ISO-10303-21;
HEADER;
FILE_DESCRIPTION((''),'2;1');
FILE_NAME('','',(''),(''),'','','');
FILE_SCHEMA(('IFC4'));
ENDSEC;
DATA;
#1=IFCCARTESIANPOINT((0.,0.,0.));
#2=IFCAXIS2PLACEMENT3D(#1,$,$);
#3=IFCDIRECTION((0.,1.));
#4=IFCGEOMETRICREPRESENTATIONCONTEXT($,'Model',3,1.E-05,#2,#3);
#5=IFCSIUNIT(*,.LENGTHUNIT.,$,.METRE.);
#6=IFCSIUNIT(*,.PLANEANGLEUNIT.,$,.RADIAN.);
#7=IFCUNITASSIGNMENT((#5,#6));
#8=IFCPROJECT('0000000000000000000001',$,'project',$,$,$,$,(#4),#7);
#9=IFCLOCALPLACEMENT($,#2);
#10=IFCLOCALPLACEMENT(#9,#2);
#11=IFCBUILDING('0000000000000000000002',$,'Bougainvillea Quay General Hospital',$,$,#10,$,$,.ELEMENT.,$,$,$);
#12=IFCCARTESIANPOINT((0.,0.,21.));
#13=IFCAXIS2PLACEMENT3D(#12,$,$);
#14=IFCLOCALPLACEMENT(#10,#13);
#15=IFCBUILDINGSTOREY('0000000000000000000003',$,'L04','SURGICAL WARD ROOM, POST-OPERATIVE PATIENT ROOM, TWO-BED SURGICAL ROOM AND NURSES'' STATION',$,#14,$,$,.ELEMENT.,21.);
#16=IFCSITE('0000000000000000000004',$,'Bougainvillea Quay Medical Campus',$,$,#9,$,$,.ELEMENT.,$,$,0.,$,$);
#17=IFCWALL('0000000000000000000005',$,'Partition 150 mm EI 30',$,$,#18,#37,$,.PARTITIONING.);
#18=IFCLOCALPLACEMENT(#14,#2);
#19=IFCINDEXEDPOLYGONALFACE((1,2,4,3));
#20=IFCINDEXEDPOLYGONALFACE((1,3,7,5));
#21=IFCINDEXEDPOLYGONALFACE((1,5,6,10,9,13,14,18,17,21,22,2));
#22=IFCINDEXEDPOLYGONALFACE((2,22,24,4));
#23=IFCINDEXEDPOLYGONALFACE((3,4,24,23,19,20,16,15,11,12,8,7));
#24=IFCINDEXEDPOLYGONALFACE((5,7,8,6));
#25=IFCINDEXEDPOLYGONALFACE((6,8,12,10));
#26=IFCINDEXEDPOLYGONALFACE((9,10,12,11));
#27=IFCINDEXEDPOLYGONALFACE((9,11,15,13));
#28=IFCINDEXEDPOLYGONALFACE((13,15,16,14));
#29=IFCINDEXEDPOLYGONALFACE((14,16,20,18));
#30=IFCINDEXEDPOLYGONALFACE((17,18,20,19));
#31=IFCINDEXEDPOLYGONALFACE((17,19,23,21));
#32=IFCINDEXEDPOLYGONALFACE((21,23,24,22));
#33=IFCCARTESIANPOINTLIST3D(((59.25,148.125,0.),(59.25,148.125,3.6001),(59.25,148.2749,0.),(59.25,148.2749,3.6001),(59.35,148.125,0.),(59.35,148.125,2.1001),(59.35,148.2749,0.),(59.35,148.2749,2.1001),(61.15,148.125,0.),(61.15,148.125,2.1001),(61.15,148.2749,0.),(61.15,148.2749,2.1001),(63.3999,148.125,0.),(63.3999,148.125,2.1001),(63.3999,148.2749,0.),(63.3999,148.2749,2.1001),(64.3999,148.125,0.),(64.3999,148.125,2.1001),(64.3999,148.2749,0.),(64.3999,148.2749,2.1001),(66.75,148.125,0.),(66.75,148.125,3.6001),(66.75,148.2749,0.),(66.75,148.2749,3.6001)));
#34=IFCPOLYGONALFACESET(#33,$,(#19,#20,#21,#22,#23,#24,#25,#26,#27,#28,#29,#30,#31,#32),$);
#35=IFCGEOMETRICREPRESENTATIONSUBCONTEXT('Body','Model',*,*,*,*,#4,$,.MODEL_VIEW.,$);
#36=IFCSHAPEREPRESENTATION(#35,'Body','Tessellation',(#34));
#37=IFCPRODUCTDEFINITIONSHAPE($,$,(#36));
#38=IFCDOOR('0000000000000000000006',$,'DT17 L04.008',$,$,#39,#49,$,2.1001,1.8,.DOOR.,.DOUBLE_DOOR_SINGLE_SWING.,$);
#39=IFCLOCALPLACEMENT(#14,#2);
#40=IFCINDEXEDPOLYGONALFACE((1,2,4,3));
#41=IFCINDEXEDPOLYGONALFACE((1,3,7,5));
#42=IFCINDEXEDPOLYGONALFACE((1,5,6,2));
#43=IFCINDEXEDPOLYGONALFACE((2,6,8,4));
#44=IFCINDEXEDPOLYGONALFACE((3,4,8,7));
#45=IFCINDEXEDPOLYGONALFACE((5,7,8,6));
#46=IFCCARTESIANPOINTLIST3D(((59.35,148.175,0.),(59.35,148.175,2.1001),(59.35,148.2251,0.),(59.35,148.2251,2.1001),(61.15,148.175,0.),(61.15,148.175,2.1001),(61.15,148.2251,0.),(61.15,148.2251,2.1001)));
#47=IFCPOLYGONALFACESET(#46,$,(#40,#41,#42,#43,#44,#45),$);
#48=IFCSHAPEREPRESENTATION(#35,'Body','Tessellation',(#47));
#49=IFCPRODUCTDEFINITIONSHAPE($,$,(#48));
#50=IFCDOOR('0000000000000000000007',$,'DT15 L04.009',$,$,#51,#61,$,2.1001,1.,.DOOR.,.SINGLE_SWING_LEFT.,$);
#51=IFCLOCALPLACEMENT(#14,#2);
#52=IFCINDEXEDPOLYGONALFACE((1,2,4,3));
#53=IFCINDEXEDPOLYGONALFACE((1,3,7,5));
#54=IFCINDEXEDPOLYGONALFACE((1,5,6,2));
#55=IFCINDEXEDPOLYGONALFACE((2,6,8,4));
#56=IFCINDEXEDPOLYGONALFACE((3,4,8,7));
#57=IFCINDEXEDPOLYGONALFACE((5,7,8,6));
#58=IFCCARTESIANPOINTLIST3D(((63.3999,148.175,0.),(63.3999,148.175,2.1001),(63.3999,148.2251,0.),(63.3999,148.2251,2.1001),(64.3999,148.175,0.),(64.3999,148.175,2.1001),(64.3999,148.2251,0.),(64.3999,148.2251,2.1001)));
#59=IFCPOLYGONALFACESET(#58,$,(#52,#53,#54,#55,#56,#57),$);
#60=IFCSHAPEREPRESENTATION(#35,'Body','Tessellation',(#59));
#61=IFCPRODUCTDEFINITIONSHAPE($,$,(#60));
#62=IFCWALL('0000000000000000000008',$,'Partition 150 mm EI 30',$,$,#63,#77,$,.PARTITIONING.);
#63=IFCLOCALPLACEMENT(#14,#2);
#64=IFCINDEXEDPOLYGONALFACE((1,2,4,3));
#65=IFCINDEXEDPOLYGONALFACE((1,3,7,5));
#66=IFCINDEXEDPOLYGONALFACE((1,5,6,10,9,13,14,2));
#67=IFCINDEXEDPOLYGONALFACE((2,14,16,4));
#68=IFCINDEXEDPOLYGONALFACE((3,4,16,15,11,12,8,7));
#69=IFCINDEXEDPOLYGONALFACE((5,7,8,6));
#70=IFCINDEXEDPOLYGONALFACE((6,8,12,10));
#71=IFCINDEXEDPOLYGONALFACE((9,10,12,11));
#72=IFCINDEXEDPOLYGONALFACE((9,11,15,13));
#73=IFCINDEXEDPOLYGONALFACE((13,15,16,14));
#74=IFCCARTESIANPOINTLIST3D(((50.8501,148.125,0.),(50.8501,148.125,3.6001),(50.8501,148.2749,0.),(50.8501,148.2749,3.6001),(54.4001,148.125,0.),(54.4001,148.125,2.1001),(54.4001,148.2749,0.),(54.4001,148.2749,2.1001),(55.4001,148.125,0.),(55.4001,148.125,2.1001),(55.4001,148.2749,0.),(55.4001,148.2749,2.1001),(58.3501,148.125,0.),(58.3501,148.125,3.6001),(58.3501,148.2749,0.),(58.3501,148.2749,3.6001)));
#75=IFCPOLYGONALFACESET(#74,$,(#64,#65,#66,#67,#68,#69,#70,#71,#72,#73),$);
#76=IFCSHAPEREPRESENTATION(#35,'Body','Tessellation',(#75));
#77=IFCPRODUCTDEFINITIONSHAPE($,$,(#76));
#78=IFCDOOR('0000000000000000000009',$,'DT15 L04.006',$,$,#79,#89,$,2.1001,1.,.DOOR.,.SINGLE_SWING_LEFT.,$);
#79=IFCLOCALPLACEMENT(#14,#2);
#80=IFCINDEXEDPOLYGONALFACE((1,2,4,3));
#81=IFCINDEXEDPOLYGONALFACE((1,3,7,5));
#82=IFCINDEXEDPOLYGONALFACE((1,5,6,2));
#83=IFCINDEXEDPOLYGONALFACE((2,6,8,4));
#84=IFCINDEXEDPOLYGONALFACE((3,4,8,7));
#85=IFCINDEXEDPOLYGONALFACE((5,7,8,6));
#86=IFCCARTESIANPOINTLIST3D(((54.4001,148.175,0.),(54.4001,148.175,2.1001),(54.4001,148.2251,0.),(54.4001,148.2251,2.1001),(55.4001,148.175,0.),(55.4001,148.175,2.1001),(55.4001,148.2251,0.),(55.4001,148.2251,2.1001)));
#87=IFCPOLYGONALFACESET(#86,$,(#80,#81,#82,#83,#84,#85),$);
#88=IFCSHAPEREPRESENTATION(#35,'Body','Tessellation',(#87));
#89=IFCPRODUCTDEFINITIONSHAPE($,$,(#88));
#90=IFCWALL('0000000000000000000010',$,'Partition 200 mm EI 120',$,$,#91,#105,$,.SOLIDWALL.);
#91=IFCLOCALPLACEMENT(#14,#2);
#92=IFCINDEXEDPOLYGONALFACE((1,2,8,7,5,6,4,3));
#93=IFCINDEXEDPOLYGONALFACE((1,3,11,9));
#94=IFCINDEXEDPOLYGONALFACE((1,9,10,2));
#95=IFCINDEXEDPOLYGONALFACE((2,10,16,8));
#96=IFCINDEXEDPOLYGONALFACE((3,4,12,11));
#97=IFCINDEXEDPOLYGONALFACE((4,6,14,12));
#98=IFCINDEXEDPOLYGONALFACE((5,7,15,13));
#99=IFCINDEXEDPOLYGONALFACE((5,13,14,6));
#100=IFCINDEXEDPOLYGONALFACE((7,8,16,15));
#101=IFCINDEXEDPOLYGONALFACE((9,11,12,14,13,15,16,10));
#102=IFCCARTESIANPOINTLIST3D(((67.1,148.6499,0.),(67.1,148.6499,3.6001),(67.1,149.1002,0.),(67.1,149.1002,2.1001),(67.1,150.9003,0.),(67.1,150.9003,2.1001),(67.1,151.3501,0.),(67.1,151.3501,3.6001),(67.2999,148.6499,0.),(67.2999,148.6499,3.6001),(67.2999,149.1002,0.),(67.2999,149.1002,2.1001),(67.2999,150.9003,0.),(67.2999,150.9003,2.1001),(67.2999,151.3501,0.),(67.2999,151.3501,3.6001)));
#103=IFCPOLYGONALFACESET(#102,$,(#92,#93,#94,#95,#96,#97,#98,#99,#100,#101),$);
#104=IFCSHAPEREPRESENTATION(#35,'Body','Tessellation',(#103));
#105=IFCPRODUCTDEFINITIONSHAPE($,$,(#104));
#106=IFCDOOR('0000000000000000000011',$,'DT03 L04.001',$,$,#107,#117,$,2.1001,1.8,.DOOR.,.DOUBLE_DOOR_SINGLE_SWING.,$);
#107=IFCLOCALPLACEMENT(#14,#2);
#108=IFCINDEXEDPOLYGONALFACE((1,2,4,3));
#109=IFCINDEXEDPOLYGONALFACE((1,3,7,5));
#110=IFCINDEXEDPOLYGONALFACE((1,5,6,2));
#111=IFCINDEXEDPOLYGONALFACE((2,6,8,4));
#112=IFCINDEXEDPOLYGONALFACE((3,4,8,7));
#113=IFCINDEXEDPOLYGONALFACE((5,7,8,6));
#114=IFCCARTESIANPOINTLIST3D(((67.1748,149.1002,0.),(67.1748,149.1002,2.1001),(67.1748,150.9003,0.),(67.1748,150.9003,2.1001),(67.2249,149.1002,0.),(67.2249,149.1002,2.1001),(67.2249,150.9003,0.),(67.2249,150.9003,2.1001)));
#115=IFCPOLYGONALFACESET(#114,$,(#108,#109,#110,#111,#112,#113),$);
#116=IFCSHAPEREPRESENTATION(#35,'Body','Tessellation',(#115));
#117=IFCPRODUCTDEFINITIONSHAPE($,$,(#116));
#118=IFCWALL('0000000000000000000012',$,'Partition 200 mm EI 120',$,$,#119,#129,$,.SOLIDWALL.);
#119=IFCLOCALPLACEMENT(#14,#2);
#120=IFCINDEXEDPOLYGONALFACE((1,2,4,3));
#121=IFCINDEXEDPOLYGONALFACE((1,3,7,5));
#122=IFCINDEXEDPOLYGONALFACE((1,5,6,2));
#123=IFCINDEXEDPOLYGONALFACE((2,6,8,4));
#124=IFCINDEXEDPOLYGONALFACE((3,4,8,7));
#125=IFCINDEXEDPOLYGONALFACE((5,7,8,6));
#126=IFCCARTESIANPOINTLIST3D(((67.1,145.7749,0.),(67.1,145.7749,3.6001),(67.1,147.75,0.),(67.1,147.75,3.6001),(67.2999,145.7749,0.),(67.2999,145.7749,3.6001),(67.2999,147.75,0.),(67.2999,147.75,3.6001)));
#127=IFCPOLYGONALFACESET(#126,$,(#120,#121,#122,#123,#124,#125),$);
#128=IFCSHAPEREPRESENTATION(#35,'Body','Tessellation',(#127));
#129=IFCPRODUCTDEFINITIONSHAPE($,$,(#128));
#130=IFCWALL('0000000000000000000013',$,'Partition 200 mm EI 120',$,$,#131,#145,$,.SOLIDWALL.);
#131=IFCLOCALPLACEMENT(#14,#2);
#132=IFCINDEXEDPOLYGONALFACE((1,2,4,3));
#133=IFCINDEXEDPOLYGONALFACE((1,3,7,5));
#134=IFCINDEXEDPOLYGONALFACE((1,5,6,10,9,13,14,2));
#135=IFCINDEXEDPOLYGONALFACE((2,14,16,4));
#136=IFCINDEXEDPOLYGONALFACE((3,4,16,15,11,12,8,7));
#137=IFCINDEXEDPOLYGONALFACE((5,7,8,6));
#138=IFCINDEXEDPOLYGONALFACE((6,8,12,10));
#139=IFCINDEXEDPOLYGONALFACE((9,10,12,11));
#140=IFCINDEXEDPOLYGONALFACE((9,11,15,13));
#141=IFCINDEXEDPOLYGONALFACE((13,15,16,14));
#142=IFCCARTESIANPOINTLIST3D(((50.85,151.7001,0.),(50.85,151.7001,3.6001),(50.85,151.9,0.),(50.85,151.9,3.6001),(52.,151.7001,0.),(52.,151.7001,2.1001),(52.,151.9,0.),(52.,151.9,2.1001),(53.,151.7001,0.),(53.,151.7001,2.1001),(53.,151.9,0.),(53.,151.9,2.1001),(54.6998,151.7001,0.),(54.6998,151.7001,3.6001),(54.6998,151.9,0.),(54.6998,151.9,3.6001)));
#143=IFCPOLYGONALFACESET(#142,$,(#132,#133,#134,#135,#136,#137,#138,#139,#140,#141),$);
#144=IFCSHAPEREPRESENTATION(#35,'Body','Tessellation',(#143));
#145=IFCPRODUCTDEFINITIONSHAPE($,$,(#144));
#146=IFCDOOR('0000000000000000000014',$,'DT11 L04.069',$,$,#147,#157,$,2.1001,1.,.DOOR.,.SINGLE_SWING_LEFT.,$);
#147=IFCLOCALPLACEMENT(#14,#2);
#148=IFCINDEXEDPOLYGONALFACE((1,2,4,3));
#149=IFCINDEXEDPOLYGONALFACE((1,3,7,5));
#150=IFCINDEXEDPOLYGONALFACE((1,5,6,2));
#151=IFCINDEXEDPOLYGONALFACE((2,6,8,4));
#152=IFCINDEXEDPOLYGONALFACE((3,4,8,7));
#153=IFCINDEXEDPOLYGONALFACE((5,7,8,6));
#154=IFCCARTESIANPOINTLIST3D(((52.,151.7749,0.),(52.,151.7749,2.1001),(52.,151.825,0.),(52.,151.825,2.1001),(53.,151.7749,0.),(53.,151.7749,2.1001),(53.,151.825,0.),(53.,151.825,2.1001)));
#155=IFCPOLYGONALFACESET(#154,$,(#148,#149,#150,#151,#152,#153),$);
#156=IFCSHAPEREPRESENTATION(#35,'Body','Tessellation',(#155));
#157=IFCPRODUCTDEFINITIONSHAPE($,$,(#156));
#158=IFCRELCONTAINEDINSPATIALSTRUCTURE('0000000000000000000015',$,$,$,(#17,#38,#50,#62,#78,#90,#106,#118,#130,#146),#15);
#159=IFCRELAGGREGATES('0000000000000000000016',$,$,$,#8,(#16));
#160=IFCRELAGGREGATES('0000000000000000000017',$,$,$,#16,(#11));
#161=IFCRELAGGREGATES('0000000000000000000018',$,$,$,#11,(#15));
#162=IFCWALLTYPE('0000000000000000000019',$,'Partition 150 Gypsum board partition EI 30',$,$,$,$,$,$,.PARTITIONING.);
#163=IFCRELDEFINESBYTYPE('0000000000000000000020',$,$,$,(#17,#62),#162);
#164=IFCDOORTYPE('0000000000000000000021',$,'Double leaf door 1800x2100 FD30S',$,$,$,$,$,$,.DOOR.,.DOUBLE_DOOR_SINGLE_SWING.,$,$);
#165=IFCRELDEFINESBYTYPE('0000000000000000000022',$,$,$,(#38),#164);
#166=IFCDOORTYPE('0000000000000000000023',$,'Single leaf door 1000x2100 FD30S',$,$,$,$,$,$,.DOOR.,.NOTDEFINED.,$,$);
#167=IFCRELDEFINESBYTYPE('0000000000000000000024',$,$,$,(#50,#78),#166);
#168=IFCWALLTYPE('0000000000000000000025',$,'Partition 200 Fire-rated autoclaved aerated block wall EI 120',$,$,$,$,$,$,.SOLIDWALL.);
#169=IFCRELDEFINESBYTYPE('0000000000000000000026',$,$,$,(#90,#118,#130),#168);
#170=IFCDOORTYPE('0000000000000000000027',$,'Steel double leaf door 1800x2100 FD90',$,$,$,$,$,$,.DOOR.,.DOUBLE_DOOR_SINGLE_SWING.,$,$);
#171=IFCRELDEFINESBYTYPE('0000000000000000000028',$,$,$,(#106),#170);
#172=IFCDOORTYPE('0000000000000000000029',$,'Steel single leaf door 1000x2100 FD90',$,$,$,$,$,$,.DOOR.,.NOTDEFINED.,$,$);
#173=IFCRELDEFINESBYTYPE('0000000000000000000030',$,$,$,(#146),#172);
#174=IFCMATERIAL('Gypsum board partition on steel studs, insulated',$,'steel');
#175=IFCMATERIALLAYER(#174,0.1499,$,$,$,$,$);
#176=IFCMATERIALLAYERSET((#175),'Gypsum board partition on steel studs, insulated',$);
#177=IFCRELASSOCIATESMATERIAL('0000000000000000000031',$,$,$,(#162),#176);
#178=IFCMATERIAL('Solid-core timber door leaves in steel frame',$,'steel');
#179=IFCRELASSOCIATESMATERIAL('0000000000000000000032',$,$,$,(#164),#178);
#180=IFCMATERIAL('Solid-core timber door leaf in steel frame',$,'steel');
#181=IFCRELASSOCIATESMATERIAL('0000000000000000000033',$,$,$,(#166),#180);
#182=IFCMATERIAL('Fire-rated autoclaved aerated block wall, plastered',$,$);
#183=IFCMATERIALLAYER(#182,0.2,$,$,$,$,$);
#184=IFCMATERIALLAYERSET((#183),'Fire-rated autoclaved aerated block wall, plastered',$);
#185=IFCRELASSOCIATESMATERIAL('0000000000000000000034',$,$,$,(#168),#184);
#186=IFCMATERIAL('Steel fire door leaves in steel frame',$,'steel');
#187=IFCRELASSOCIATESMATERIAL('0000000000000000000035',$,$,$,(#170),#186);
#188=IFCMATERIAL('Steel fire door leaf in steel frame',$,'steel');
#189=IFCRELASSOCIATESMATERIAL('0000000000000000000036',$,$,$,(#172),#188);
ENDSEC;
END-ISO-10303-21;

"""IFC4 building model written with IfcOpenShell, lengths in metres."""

from ifc_helpers import new_model, si_unit, direction, frame, frame_2d, origin, place, context, subcontext, project, spatial, rectangle, extrude, material, layer, layer_set, type_object, element, fill, save


model = new_model("IFC4")

# Units and contexts
model_context = context("Model", 3, precision=1e-05, world=origin(), true_north=direction((0.0, 1.0)))
body_context = subcontext(model_context, "Body", "Model", "MODEL_VIEW")
ifc_project = project(units=[si_unit("LENGTHUNIT", "METRE"), si_unit("PLANEANGLEUNIT", "RADIAN")], contexts=[model_context])

# Site, building, storey
site_placement = place(None, origin())
site = spatial("IfcSite", under=ifc_project, at=site_placement, Name="Bougainvillea Quay Medical Campus", CompositionType="ELEMENT", RefElevation=0.0)
building_placement = place(site_placement, origin())
building = spatial("IfcBuilding", under=site, at=building_placement, Name="Bougainvillea Quay General Hospital", CompositionType="ELEMENT")
storey_placement = place(building_placement, frame((0.0, 0.0, 21.0)))
storey = spatial("IfcBuildingStorey", under=building, at=storey_placement, Name="L04", Description="SURGICAL WARD ROOM, POST-OPERATIVE PATIENT ROOM, TWO-BED SURGICAL ROOM AND NURSES' STATION", CompositionType="ELEMENT", Elevation=21.0)

# Shared definitions
ifc_material_1 = material(Name="Gypsum board partition on steel studs, insulated", Category="steel")

# Shared definitions
ifc_material_2 = material(Name="Solid-core timber door leaf in steel frame", Category="steel")

# Wall, openings, doors
ifc_layer_1 = layer(ifc_material_1, 0.1499)
ifc_layer_set_1 = layer_set([ifc_layer_1], Name="Gypsum board partition on steel studs, insulated")
wall_type_1 = type_object("IfcWallType", Name="Partition 150 Gypsum board partition EI 30", PredefinedType="PARTITIONING", material=ifc_layer_set_1)
wall_1_placement = place(storey_placement, frame((66.75, 148.2, 0.0), z_axis=(0.0, 0.0, 1.0), x_axis=(-1.0, 0.0, 0.0)))
wall_1 = element("IfcWall", 1, at=wall_1_placement, inside=storey, type_object=wall_type_1, Name="Partition 150 mm EI 30", PredefinedType="PARTITIONING", context=body_context, shape_type="SweptSolid", body=[
    extrude(rectangle(XDim=7.5, YDim=0.1499, at=frame_2d((3.75, 0.0))), origin(), (0.0, 0.0, 1.0), 3.6001),
])
opening_1_placement = place(wall_1_placement, frame((5.6001, 0.0, 0.0)))
opening_1 = element("IfcOpeningElement", 2, at=opening_1_placement, cuts=wall_1, PredefinedType="OPENING", context=body_context, shape_type="SweptSolid", body=[
    extrude(rectangle(XDim=1.8, YDim=2.1001, at=frame_2d((0.8999, 1.05))), frame((0.0, 0.085, 0.0), z_axis=(0.0, -1.0, 0.0), x_axis=(1.0, 0.0, 0.0)), (0.0, 0.0, 1.0), 0.1699),
])
opening_2_placement = place(wall_1_placement, frame((2.3501, 0.0, 0.0)))
opening_2 = element("IfcOpeningElement", 3, at=opening_2_placement, cuts=wall_1, PredefinedType="OPENING", context=body_context, shape_type="SweptSolid", body=[
    extrude(rectangle(XDim=1.0, YDim=2.1001, at=frame_2d((0.5, 1.05))), frame((0.0, 0.085, 0.0), z_axis=(0.0, -1.0, 0.0), x_axis=(1.0, 0.0, 0.0)), (0.0, 0.0, 1.0), 0.1699),
])
ifc_material_3 = material(Name="Solid-core timber door leaves in steel frame", Category="steel")
door_type_1 = type_object("IfcDoorType", Name="Double leaf door 1800x2100 FD30S", OperationType="DOUBLE_DOOR_SINGLE_SWING", PredefinedType="DOOR", material=ifc_material_3)
door_1_placement = place(opening_1_placement, origin())
door_1 = element("IfcDoor", 4, at=door_1_placement, inside=storey, type_object=door_type_1, Name="DT17 L04.008", OperationType="DOUBLE_DOOR_SINGLE_SWING", OverallHeight=2.1001, OverallWidth=1.8, PredefinedType="DOOR", context=body_context, shape_type="SweptSolid", body=[
    extrude(rectangle(XDim=1.8, YDim=2.1001, at=frame_2d((0.8999, 1.05))), frame((0.0, 0.0249, 0.0), z_axis=(0.0, -1.0, 0.0), x_axis=(1.0, 0.0, 0.0)), (0.0, 0.0, 1.0), 0.05),
])
fill(opening_1, door_1)
door_type_2 = type_object("IfcDoorType", Name="Single leaf door 1000x2100 FD30S", OperationType="NOTDEFINED", PredefinedType="DOOR", material=ifc_material_2)
door_2_placement = place(opening_2_placement, origin())
door_2 = element("IfcDoor", 5, at=door_2_placement, inside=storey, type_object=door_type_2, Name="DT15 L04.009", OperationType="SINGLE_SWING_LEFT", OverallHeight=2.1001, OverallWidth=1.0, PredefinedType="DOOR", context=body_context, shape_type="SweptSolid", body=[
    extrude(rectangle(XDim=1.0, YDim=2.1001, at=frame_2d((0.5, 1.05))), frame((0.0, 0.0249, 0.0), z_axis=(0.0, -1.0, 0.0), x_axis=(1.0, 0.0, 0.0)), (0.0, 0.0, 1.0), 0.05),
])
fill(opening_2, door_2)

# Walls, openings, doors
wall_2_placement = place(storey_placement, frame((58.3501, 148.2, 0.0), z_axis=(0.0, 0.0, 1.0), x_axis=(-1.0, 0.0, 0.0)))
wall_2 = element("IfcWall", 6, at=wall_2_placement, inside=storey, type_object=wall_type_1, Name="Partition 150 mm EI 30", PredefinedType="PARTITIONING", context=body_context, shape_type="SweptSolid", body=[
    extrude(rectangle(XDim=7.5, YDim=0.1499, at=frame_2d((3.75, 0.0))), origin(), (0.0, 0.0, 1.0), 3.6001),
])
opening_3_placement = place(wall_2_placement, frame((2.95, 0.0, 0.0)))
opening_3 = element("IfcOpeningElement", 7, at=opening_3_placement, cuts=wall_2, PredefinedType="OPENING", context=body_context, shape_type="SweptSolid", body=[
    extrude(rectangle(XDim=1.0, YDim=2.1001, at=frame_2d((0.5, 1.05))), frame((0.0, 0.085, 0.0), z_axis=(0.0, -1.0, 0.0), x_axis=(1.0, 0.0, 0.0)), (0.0, 0.0, 1.0), 0.1699),
])
door_3_placement = place(opening_3_placement, origin())
door_3 = element("IfcDoor", 8, at=door_3_placement, inside=storey, type_object=door_type_2, Name="DT15 L04.006", OperationType="SINGLE_SWING_LEFT", OverallHeight=2.1001, OverallWidth=1.0, PredefinedType="DOOR", context=body_context, shape_type="SweptSolid", body=[
    extrude(rectangle(XDim=1.0, YDim=2.1001, at=frame_2d((0.5, 1.05))), frame((0.0, 0.0249, 0.0), z_axis=(0.0, -1.0, 0.0), x_axis=(1.0, 0.0, 0.0)), (0.0, 0.0, 1.0), 0.05),
])
fill(opening_3, door_3)
ifc_material_4 = material(Name="Fire-rated autoclaved aerated block wall, plastered")
ifc_layer_2 = layer(ifc_material_4, 0.2)
ifc_layer_set_2 = layer_set([ifc_layer_2], Name="Fire-rated autoclaved aerated block wall, plastered")
wall_type_2 = type_object("IfcWallType", Name="Partition 200 Fire-rated autoclaved aerated block wall EI 120", PredefinedType="SOLIDWALL", material=ifc_layer_set_2)
wall_3_placement = place(storey_placement, frame((67.2, 151.3501, 0.0), z_axis=(0.0, 0.0, 1.0), x_axis=(0.0, -1.0, 0.0)))
wall_3 = element("IfcWall", 9, at=wall_3_placement, inside=storey, type_object=wall_type_2, Name="Partition 200 mm EI 120", PredefinedType="SOLIDWALL", context=body_context, shape_type="SweptSolid", body=[
    extrude(rectangle(XDim=2.7002, YDim=0.2, at=frame_2d((1.3501, 0.0))), origin(), (0.0, 0.0, 1.0), 3.6001),
])
opening_4_placement = place(wall_3_placement, frame((0.45, 0.0, 0.0)))
opening_4 = element("IfcOpeningElement", 10, at=opening_4_placement, cuts=wall_3, PredefinedType="OPENING", context=body_context, shape_type="SweptSolid", body=[
    extrude(rectangle(XDim=1.8, YDim=2.1001, at=frame_2d((0.8999, 1.05))), frame((0.0, 0.1099, 0.0), z_axis=(0.0, -1.0, 0.0), x_axis=(1.0, 0.0, 0.0)), (0.0, 0.0, 1.0), 0.22),
])
ifc_material_5 = material(Name="Steel fire door leaves in steel frame", Category="steel")
door_type_3 = type_object("IfcDoorType", Name="Steel double leaf door 1800x2100 FD90", OperationType="DOUBLE_DOOR_SINGLE_SWING", PredefinedType="DOOR", material=ifc_material_5)
door_4_placement = place(opening_4_placement, origin())
door_4 = element("IfcDoor", 11, at=door_4_placement, inside=storey, type_object=door_type_3, Name="DT03 L04.001", OperationType="DOUBLE_DOOR_SINGLE_SWING", OverallHeight=2.1001, OverallWidth=1.8, PredefinedType="DOOR", context=body_context, shape_type="SweptSolid", body=[
    extrude(rectangle(XDim=1.8, YDim=2.1001, at=frame_2d((0.8999, 1.05))), frame((0.0, 0.0249, 0.0), z_axis=(0.0, -1.0, 0.0), x_axis=(1.0, 0.0, 0.0)), (0.0, 0.0, 1.0), 0.05),
])
fill(opening_4, door_4)

# Wall
wall_4_placement = place(storey_placement, frame((67.2, 147.75, 0.0), z_axis=(0.0, 0.0, 1.0), x_axis=(0.0, -1.0, 0.0)))
element("IfcWall", 12, at=wall_4_placement, inside=storey, type_object=wall_type_2, Name="Partition 200 mm EI 120", PredefinedType="SOLIDWALL", context=body_context, shape_type="SweptSolid", body=[
    extrude(rectangle(XDim=1.9751, YDim=0.2, at=frame_2d((0.9875, 0.0))), origin(), (0.0, 0.0, 1.0), 3.6001),
])

# Wall, opening, door
wall_5_placement = place(storey_placement, frame((50.8501, 151.8, 0.0), z_axis=(0.0, 0.0, 1.0), x_axis=(1.0, 0.0, 0.0)))
wall_5 = element("IfcWall", 13, at=wall_5_placement, inside=storey, type_object=wall_type_2, Name="Partition 200 mm EI 120", PredefinedType="SOLIDWALL", context=body_context, shape_type="SweptSolid", body=[
    extrude(rectangle(XDim=3.8499, YDim=0.2, at=frame_2d((1.9248, 0.0))), origin(), (0.0, 0.0, 1.0), 3.6001),
])
opening_5_placement = place(wall_5_placement, frame((1.1499, 0.0, 0.0)))
opening_5 = element("IfcOpeningElement", 14, at=opening_5_placement, cuts=wall_5, PredefinedType="OPENING", context=body_context, shape_type="SweptSolid", body=[
    extrude(rectangle(XDim=1.0, YDim=2.1001, at=frame_2d((0.5, 1.05))), frame((0.0, 0.1099, 0.0), z_axis=(0.0, -1.0, 0.0), x_axis=(1.0, 0.0, 0.0)), (0.0, 0.0, 1.0), 0.22),
])
ifc_material_6 = material(Name="Steel fire door leaf in steel frame", Category="steel")
door_type_4 = type_object("IfcDoorType", Name="Steel single leaf door 1000x2100 FD90", OperationType="NOTDEFINED", PredefinedType="DOOR", material=ifc_material_6)
door_5_placement = place(opening_5_placement, origin())
door_5 = element("IfcDoor", 15, at=door_5_placement, inside=storey, type_object=door_type_4, Name="DT11 L04.069", OperationType="SINGLE_SWING_LEFT", OverallHeight=2.1001, OverallWidth=1.0, PredefinedType="DOOR", context=body_context, shape_type="SweptSolid", body=[
    extrude(rectangle(XDim=1.0, YDim=2.1001, at=frame_2d((0.5, 1.05))), frame((0.0, 0.0249, 0.0), z_axis=(0.0, -1.0, 0.0), x_axis=(1.0, 0.0, 0.0)), (0.0, 0.0, 1.0), 0.05),
])
fill(opening_5, door_5)

save(model, "model.ifc")
